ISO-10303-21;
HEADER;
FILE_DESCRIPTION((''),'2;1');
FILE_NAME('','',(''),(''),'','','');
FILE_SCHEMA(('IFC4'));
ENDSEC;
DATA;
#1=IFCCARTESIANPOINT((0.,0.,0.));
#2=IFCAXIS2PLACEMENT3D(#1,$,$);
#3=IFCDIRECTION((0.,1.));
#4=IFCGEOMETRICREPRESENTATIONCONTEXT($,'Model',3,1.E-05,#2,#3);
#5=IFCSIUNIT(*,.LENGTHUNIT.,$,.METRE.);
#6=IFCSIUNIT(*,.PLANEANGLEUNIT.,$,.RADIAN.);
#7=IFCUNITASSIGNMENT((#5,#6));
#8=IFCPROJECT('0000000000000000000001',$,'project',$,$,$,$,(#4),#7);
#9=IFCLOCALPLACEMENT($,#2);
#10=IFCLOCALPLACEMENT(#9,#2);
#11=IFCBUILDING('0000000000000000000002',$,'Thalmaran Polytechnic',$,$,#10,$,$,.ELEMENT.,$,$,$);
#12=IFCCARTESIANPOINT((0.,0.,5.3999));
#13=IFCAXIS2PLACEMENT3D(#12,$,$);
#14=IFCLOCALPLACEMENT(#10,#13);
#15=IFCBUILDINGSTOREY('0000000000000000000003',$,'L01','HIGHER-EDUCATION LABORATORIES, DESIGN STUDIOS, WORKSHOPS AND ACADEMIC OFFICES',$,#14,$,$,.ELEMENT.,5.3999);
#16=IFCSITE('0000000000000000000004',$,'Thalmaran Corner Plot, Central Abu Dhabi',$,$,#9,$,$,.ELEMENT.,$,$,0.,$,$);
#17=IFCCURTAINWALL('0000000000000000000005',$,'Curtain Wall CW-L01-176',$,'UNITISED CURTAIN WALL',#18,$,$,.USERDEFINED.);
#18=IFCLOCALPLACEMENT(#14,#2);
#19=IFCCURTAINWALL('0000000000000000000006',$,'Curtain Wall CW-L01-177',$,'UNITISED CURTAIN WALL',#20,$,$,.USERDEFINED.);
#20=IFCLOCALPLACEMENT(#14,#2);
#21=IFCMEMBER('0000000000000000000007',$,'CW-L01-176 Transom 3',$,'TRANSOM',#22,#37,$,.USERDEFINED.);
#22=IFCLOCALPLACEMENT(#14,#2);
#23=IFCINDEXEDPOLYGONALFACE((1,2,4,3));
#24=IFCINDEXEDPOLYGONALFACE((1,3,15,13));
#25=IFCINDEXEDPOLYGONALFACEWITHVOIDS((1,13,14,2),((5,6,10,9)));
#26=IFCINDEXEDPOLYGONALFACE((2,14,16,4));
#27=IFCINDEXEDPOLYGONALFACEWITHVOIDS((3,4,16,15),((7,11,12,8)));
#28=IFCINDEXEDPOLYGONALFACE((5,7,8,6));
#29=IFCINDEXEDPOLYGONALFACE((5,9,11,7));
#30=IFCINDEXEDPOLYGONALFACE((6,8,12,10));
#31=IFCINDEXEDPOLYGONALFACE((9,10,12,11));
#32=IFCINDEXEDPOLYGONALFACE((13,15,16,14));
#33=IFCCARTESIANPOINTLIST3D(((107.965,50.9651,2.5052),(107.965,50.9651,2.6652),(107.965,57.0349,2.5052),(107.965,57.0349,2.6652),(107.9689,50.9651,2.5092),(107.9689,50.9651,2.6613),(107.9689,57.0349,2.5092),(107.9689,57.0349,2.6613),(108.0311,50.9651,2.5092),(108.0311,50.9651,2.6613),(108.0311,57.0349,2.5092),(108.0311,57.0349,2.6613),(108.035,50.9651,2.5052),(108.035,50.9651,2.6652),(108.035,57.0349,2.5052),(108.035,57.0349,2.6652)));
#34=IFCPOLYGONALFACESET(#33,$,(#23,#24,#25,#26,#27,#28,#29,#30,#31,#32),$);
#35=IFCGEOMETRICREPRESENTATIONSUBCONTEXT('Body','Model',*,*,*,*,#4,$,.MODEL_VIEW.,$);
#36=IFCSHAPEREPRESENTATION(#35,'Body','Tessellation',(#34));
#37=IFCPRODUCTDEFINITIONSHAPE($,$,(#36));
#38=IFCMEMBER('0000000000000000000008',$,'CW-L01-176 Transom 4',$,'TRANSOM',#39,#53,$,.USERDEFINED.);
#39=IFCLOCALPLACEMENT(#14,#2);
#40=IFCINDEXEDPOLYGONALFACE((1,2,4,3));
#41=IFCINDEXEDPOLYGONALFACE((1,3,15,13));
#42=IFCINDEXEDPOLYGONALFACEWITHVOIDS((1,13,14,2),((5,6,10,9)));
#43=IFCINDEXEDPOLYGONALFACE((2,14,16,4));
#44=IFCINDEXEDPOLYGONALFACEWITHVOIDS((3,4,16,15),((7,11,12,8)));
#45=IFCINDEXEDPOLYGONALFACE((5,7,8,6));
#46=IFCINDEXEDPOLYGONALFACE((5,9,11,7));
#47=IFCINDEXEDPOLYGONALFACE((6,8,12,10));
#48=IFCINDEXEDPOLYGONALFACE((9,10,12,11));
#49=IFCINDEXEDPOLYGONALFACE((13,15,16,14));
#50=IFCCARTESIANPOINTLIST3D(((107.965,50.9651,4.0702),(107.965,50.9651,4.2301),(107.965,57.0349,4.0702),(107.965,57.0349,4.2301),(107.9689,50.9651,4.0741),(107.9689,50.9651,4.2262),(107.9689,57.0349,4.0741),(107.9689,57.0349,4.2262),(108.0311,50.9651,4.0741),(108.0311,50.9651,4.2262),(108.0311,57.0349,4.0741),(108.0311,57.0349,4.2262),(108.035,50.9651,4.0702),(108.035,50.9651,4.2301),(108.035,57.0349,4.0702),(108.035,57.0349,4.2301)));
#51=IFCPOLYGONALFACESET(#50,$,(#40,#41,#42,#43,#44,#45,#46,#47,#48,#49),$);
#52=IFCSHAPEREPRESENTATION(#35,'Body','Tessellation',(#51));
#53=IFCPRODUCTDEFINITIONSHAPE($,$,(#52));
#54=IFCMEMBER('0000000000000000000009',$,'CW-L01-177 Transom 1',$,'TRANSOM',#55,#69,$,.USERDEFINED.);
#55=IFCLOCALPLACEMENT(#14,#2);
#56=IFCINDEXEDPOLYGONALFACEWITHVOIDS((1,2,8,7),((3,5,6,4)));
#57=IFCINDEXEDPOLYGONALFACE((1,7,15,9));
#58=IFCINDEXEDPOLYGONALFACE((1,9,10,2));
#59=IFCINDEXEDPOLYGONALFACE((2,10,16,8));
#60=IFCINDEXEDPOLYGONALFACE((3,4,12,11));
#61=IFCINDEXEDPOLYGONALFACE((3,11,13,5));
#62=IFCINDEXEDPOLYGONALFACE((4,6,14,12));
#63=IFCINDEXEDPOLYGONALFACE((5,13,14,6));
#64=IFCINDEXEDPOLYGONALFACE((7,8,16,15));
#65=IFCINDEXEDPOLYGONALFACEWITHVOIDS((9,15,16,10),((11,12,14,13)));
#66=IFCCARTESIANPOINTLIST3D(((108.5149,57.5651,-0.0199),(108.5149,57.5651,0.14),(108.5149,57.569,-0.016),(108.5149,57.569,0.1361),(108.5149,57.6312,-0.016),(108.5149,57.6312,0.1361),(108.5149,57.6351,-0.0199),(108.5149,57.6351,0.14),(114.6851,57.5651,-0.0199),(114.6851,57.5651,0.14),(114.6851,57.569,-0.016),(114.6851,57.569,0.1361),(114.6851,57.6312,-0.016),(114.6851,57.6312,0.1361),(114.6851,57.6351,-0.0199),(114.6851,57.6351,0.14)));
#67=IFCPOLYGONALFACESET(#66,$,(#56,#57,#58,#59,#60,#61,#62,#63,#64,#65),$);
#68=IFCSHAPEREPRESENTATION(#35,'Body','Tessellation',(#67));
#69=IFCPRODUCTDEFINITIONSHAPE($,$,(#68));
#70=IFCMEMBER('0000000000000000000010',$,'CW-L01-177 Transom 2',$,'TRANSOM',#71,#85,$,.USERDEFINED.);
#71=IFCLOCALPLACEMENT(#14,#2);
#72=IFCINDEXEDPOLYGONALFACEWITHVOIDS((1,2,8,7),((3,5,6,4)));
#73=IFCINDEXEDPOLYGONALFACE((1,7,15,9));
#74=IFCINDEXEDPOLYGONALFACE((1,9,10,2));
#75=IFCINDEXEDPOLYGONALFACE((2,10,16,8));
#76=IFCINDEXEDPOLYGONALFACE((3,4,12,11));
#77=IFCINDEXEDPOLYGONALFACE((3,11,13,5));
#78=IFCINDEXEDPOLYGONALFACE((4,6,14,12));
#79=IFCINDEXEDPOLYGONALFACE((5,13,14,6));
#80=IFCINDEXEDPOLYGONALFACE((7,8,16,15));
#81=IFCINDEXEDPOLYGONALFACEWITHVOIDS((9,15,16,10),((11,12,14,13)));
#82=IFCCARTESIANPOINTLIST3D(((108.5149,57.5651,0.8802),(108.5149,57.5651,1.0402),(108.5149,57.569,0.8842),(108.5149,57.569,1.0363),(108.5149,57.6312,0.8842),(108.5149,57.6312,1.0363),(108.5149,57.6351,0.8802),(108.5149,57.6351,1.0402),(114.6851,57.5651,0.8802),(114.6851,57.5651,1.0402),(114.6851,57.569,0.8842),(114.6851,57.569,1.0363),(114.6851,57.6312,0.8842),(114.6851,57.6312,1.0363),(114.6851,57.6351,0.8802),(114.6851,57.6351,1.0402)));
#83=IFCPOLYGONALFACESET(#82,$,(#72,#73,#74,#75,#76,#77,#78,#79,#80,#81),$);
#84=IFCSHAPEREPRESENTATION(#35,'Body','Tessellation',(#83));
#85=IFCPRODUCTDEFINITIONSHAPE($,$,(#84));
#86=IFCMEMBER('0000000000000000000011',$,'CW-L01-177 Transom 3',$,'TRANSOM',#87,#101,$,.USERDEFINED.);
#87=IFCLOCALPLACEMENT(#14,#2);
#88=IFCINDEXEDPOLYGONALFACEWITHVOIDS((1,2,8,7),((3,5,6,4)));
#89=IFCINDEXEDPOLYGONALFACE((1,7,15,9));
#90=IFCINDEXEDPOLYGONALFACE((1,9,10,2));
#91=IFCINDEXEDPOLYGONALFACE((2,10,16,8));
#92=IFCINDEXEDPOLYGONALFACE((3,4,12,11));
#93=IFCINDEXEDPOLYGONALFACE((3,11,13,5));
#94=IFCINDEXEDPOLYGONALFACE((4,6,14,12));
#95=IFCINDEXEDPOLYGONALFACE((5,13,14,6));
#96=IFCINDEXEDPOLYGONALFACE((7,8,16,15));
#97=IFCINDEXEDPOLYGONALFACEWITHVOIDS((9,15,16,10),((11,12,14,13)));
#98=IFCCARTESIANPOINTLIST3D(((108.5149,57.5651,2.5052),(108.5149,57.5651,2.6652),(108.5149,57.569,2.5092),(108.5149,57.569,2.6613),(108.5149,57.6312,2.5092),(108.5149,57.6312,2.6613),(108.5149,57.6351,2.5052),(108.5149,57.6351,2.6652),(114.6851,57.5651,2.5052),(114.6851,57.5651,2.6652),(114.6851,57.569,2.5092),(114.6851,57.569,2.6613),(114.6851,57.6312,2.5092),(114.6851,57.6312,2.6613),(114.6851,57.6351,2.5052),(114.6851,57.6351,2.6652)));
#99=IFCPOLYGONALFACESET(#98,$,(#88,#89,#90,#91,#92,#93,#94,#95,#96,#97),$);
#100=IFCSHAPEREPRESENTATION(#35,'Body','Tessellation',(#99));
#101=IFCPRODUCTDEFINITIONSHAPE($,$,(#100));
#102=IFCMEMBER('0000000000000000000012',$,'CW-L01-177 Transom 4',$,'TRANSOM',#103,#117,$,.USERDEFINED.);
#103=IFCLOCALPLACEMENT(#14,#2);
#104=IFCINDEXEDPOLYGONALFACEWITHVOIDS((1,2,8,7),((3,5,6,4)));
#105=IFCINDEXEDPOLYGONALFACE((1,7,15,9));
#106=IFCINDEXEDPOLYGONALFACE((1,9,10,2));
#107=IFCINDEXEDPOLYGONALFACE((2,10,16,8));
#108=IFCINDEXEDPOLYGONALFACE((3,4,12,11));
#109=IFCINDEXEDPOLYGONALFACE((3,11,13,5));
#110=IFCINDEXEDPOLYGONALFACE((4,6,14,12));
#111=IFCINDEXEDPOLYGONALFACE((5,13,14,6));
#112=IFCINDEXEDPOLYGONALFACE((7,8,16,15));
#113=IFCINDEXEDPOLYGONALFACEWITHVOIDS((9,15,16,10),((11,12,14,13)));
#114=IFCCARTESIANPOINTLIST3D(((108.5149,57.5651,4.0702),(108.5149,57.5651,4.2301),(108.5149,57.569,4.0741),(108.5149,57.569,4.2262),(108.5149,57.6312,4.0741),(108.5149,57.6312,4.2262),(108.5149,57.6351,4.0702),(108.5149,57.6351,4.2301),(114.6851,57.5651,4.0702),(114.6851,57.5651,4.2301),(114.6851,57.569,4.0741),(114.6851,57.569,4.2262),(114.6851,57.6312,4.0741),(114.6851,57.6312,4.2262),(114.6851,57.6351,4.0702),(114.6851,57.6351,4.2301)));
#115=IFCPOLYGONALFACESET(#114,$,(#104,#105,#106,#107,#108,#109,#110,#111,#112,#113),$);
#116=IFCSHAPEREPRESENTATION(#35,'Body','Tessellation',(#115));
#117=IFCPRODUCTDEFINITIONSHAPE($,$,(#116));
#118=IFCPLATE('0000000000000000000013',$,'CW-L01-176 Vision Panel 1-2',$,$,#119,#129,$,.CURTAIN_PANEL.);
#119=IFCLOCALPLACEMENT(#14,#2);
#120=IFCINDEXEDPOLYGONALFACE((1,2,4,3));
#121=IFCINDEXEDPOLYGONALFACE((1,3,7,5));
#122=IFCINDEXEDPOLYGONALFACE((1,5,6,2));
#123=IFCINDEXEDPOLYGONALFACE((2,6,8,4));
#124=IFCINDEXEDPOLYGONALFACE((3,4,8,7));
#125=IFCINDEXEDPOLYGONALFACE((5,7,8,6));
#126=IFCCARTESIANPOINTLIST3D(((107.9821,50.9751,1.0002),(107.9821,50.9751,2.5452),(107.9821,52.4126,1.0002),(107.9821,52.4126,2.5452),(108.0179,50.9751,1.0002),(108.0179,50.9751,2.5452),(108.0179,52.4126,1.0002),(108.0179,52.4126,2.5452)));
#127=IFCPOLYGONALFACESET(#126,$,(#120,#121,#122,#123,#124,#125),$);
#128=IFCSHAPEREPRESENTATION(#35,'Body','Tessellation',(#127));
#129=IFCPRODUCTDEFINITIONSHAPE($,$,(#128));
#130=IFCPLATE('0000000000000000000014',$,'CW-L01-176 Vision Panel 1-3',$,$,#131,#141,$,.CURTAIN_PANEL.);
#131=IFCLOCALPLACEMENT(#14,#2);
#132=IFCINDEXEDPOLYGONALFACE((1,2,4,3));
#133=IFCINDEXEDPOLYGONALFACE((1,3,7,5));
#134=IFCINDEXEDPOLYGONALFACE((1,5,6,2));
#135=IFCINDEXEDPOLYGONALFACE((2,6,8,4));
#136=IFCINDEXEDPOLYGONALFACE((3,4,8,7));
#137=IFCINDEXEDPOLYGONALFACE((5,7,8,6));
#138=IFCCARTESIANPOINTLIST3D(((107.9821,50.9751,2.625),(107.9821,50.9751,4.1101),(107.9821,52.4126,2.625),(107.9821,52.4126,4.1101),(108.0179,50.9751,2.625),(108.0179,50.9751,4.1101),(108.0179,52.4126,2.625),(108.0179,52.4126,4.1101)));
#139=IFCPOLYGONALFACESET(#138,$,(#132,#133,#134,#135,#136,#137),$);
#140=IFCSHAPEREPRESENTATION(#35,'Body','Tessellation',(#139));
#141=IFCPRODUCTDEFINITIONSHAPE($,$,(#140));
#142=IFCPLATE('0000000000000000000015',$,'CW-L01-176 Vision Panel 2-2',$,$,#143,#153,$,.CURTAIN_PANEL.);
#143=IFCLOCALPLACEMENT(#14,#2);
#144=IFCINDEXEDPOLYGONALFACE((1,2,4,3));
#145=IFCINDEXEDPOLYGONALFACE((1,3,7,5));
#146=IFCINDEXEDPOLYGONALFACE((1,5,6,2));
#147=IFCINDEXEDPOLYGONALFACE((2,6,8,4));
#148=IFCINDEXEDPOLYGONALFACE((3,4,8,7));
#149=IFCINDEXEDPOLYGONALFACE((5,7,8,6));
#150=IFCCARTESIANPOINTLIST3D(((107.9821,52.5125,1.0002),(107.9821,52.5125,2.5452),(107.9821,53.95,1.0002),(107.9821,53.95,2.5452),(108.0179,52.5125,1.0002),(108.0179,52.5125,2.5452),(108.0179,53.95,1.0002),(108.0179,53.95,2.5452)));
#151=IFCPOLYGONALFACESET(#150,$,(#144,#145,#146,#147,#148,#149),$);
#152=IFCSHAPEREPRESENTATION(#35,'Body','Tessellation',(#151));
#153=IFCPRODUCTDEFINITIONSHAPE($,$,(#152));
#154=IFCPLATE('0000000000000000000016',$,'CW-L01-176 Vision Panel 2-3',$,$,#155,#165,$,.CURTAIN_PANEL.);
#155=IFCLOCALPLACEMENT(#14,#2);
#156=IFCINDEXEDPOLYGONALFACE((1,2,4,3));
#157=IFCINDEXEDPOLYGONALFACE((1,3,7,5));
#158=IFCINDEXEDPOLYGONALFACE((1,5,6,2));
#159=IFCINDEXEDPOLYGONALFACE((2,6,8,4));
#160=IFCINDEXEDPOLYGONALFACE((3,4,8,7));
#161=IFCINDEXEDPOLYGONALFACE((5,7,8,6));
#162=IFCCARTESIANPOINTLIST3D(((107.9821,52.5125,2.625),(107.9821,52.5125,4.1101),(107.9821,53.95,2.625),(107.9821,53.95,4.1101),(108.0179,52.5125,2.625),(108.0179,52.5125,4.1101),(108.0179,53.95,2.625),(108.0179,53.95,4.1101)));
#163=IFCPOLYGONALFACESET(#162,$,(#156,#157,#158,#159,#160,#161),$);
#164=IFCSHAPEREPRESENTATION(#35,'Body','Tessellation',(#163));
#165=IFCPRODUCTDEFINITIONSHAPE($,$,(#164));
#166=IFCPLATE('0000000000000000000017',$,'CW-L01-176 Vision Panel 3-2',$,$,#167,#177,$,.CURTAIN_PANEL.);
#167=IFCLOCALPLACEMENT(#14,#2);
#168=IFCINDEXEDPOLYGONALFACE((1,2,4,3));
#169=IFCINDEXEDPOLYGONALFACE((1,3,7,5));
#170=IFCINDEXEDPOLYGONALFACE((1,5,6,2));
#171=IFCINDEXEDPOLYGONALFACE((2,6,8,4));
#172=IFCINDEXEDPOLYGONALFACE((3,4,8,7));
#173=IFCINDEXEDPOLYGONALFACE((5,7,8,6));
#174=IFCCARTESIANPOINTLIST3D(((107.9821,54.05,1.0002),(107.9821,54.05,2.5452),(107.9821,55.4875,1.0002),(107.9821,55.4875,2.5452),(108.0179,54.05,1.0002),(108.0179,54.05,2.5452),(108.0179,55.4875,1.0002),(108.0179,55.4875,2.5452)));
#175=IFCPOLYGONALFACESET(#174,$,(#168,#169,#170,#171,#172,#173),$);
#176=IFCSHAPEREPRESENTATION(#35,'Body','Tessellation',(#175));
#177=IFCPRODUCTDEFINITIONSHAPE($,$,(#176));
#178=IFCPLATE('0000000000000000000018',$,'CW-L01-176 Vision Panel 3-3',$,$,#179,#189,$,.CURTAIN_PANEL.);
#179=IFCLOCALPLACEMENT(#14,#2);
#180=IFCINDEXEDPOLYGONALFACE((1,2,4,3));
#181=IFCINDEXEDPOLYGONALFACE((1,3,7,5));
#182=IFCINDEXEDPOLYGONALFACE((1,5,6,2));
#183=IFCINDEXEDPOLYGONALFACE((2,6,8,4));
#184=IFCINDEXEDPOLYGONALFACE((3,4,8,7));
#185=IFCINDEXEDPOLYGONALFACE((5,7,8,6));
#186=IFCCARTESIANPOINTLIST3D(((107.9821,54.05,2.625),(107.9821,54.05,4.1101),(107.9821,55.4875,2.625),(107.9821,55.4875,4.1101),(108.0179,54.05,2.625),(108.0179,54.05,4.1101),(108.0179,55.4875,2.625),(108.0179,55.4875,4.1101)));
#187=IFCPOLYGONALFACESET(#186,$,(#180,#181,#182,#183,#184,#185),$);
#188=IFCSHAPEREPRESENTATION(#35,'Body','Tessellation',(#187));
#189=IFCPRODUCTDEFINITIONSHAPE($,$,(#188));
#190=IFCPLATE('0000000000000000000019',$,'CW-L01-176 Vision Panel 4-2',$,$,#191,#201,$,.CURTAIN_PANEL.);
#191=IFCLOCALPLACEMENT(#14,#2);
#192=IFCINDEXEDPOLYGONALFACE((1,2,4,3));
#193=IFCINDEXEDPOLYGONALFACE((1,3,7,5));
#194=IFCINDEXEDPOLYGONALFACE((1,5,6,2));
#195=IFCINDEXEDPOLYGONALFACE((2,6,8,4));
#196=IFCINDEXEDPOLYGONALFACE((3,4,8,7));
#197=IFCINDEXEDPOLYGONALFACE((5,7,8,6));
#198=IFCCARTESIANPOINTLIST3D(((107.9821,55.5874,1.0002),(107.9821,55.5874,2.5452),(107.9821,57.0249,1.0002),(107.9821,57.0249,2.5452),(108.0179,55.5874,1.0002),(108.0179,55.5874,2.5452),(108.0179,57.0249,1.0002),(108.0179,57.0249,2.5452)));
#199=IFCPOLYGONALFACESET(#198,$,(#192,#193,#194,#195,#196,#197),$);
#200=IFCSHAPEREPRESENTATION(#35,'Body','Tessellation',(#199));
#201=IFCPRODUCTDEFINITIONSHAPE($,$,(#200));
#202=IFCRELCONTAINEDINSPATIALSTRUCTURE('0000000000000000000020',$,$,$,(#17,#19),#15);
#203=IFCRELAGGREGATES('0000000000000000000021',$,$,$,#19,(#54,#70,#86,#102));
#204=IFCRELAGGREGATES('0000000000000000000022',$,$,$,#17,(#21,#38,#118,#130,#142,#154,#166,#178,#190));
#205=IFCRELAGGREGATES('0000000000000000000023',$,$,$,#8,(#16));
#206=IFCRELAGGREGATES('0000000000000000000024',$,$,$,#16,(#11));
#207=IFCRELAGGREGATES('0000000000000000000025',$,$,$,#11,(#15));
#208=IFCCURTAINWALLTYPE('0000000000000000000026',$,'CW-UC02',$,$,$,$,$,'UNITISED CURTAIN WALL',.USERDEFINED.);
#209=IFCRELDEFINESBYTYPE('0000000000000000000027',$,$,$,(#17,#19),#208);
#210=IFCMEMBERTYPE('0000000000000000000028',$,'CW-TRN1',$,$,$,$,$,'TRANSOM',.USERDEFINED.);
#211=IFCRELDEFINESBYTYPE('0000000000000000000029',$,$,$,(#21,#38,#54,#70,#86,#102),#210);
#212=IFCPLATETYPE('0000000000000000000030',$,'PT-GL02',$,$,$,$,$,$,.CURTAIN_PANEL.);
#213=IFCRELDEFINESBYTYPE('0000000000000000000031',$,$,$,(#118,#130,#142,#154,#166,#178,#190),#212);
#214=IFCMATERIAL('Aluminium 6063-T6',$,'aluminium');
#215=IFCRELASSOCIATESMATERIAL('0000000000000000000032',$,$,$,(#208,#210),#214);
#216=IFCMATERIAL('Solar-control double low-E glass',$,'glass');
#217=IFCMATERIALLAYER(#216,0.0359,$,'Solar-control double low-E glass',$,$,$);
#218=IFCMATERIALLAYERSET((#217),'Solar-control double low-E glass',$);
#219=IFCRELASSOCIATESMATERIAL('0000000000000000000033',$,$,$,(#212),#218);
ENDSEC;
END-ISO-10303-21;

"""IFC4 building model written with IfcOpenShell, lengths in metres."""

from ifc_helpers import new_model, si_unit, direction, frame, origin, origin_2d, place, context, subcontext, project, spatial, rectangle, hollow_rectangle, extrude, material, layer, layer_set, material_profile, profile_set, type_object, element, aggregate, save


model = new_model("IFC4")

# Units and contexts
model_context = context("Model", 3, precision=1e-05, world=origin(), true_north=direction((0.0, 1.0)))
body_context = subcontext(model_context, "Body", "Model", "MODEL_VIEW")
ifc_project = project(units=[si_unit("LENGTHUNIT", "METRE"), si_unit("PLANEANGLEUNIT", "RADIAN")], contexts=[model_context])

# Site, building, storey
site_placement = place(None, origin())
site = spatial("IfcSite", under=ifc_project, at=site_placement, Name="Thalmaran Corner Plot, Central Abu Dhabi", CompositionType="ELEMENT", RefElevation=0.0)
building_placement = place(site_placement, origin())
building = spatial("IfcBuilding", under=site, at=building_placement, Name="Thalmaran Polytechnic", CompositionType="ELEMENT")
storey_placement = place(building_placement, frame((0.0, 0.0, 5.3999)))
storey = spatial("IfcBuildingStorey", under=building, at=storey_placement, Name="L01", Description="HIGHER-EDUCATION LABORATORIES, DESIGN STUDIOS, WORKSHOPS AND ACADEMIC OFFICES", CompositionType="ELEMENT", Elevation=5.3999)

# Curtain walls
ifc_material_1 = material(Name="Aluminium 6063-T6", Category="aluminium")
curtain_wall_type = type_object("IfcCurtainWallType", Name="CW-UC02", ElementType="UNITISED CURTAIN WALL", PredefinedType="USERDEFINED", material=ifc_material_1)
curtain_wall_1_placement = place(storey_placement, origin())
curtain_wall_1 = element("IfcCurtainWall", 1, at=curtain_wall_1_placement, inside=storey, type_object=curtain_wall_type, Name="Curtain Wall CW-L01-176", ObjectType="UNITISED CURTAIN WALL", PredefinedType="USERDEFINED")
curtain_wall_2_placement = place(storey_placement, origin())
curtain_wall_2 = element("IfcCurtainWall", 2, at=curtain_wall_2_placement, inside=storey, type_object=curtain_wall_type, Name="Curtain Wall CW-L01-177", ObjectType="UNITISED CURTAIN WALL", PredefinedType="USERDEFINED")

# Members
ifc_material_profile_1 = material_profile(ifc_material_1, hollow_rectangle(XDim=0.0701, YDim=0.1599, WallThickness=0.0039, at=origin_2d()), Name="AL 160x70x4.0")
ifc_profile_set_1 = profile_set([ifc_material_profile_1], Name="Aluminium 6063-T6")
member_type_1 = type_object("IfcMemberType", Name="CW-TRN1", ElementType="TRANSOM", PredefinedType="USERDEFINED", material=ifc_profile_set_1)
member_1_placement = place(storey_placement, frame((108.0, 50.9651, 2.5852), z_axis=(0.0, 1.0, 0.0), x_axis=(-1.0, 0.0, 0.0)))
member_1 = element("IfcMember", 3, at=member_1_placement, type_object=member_type_1, Name="CW-L01-176 Transom 3", ObjectType="TRANSOM", PredefinedType="USERDEFINED", context=body_context, shape_type="SweptSolid", body=[
    extrude(hollow_rectangle(XDim=0.0701, YDim=0.1599, WallThickness=0.0039, at=origin_2d()), origin(), (0.0, 0.0, 1.0), 6.0698),
])
member_2_placement = place(storey_placement, frame((108.0, 50.9651, 4.1501), z_axis=(0.0, 1.0, 0.0), x_axis=(-1.0, 0.0, 0.0)))
member_2 = element("IfcMember", 4, at=member_2_placement, type_object=member_type_1, Name="CW-L01-176 Transom 4", ObjectType="TRANSOM", PredefinedType="USERDEFINED", context=body_context, shape_type="SweptSolid", body=[
    extrude(hollow_rectangle(XDim=0.0701, YDim=0.1599, WallThickness=0.0039, at=origin_2d()), origin(), (0.0, 0.0, 1.0), 6.0698),
])
member_3_placement = place(storey_placement, frame((108.5149, 57.6001, 0.0601), z_axis=(1.0, 0.0, 0.0), x_axis=(0.0, 1.0, 0.0)))
member_3 = element("IfcMember", 5, at=member_3_placement, type_object=member_type_1, Name="CW-L01-177 Transom 1", ObjectType="TRANSOM", PredefinedType="USERDEFINED", context=body_context, shape_type="SweptSolid", body=[
    extrude(hollow_rectangle(XDim=0.0701, YDim=0.1599, WallThickness=0.0039, at=origin_2d()), origin(), (0.0, 0.0, 1.0), 6.1702),
])
member_4_placement = place(storey_placement, frame((108.5149, 57.6001, 0.9602), z_axis=(1.0, 0.0, 0.0), x_axis=(0.0, 1.0, 0.0)))
member_4 = element("IfcMember", 6, at=member_4_placement, type_object=member_type_1, Name="CW-L01-177 Transom 2", ObjectType="TRANSOM", PredefinedType="USERDEFINED", context=body_context, shape_type="SweptSolid", body=[
    extrude(hollow_rectangle(XDim=0.0701, YDim=0.1599, WallThickness=0.0039, at=origin_2d()), origin(), (0.0, 0.0, 1.0), 6.1702),
])
member_5_placement = place(storey_placement, frame((108.5149, 57.6001, 2.5852), z_axis=(1.0, 0.0, 0.0), x_axis=(0.0, 1.0, 0.0)))
member_5 = element("IfcMember", 7, at=member_5_placement, type_object=member_type_1, Name="CW-L01-177 Transom 3", ObjectType="TRANSOM", PredefinedType="USERDEFINED", context=body_context, shape_type="SweptSolid", body=[
    extrude(hollow_rectangle(XDim=0.0701, YDim=0.1599, WallThickness=0.0039, at=origin_2d()), origin(), (0.0, 0.0, 1.0), 6.1702),
])
member_6_placement = place(storey_placement, frame((108.5149, 57.6001, 4.1501), z_axis=(1.0, 0.0, 0.0), x_axis=(0.0, 1.0, 0.0)))
member_6 = element("IfcMember", 8, at=member_6_placement, type_object=member_type_1, Name="CW-L01-177 Transom 4", ObjectType="TRANSOM", PredefinedType="USERDEFINED", context=body_context, shape_type="SweptSolid", body=[
    extrude(hollow_rectangle(XDim=0.0701, YDim=0.1599, WallThickness=0.0039, at=origin_2d()), origin(), (0.0, 0.0, 1.0), 6.1702),
])

# Plates
ifc_material_2 = material(Name="Solar-control double low-E glass", Category="glass")
ifc_layer_1 = layer(ifc_material_2, 0.0359, Name="Solar-control double low-E glass")
ifc_layer_set_1 = layer_set([ifc_layer_1], Name="Solar-control double low-E glass")
plate_type_1 = type_object("IfcPlateType", Name="PT-GL02", PredefinedType="CURTAIN_PANEL", material=ifc_layer_set_1)
plate_1_placement = place(storey_placement, frame((108.0, 51.6938, 1.0002), z_axis=(0.0, 0.0, 1.0), x_axis=(0.0, 1.0, 0.0)))
plate_1 = element("IfcPlate", 9, at=plate_1_placement, type_object=plate_type_1, Name="CW-L01-176 Vision Panel 1-2", PredefinedType="CURTAIN_PANEL", context=body_context, shape_type="SweptSolid", body=[
    extrude(rectangle(XDim=1.4375, YDim=0.0359, at=origin_2d()), origin(), (0.0, 0.0, 1.0), 1.5449),
])
plate_2_placement = place(storey_placement, frame((108.0, 51.6938, 2.625), z_axis=(0.0, 0.0, 1.0), x_axis=(0.0, 1.0, 0.0)))
plate_2 = element("IfcPlate", 10, at=plate_2_placement, type_object=plate_type_1, Name="CW-L01-176 Vision Panel 1-3", PredefinedType="CURTAIN_PANEL", context=body_context, shape_type="SweptSolid", body=[
    extrude(rectangle(XDim=1.4375, YDim=0.0359, at=origin_2d()), origin(), (0.0, 0.0, 1.0), 1.4851),
])
plate_3_placement = place(storey_placement, frame((108.0, 53.2312, 1.0002), z_axis=(0.0, 0.0, 1.0), x_axis=(0.0, 1.0, 0.0)))
plate_3 = element("IfcPlate", 11, at=plate_3_placement, type_object=plate_type_1, Name="CW-L01-176 Vision Panel 2-2", PredefinedType="CURTAIN_PANEL", context=body_context, shape_type="SweptSolid", body=[
    extrude(rectangle(XDim=1.4375, YDim=0.0359, at=origin_2d()), origin(), (0.0, 0.0, 1.0), 1.5449),
])
plate_4_placement = place(storey_placement, frame((108.0, 53.2312, 2.625), z_axis=(0.0, 0.0, 1.0), x_axis=(0.0, 1.0, 0.0)))
plate_4 = element("IfcPlate", 12, at=plate_4_placement, type_object=plate_type_1, Name="CW-L01-176 Vision Panel 2-3", PredefinedType="CURTAIN_PANEL", context=body_context, shape_type="SweptSolid", body=[
    extrude(rectangle(XDim=1.4375, YDim=0.0359, at=origin_2d()), origin(), (0.0, 0.0, 1.0), 1.4851),
])
plate_5_placement = place(storey_placement, frame((108.0, 54.7688, 1.0002), z_axis=(0.0, 0.0, 1.0), x_axis=(0.0, 1.0, 0.0)))
plate_5 = element("IfcPlate", 13, at=plate_5_placement, type_object=plate_type_1, Name="CW-L01-176 Vision Panel 3-2", PredefinedType="CURTAIN_PANEL", context=body_context, shape_type="SweptSolid", body=[
    extrude(rectangle(XDim=1.4375, YDim=0.0359, at=origin_2d()), origin(), (0.0, 0.0, 1.0), 1.5449),
])
plate_6_placement = place(storey_placement, frame((108.0, 54.7688, 2.625), z_axis=(0.0, 0.0, 1.0), x_axis=(0.0, 1.0, 0.0)))
plate_6 = element("IfcPlate", 14, at=plate_6_placement, type_object=plate_type_1, Name="CW-L01-176 Vision Panel 3-3", PredefinedType="CURTAIN_PANEL", context=body_context, shape_type="SweptSolid", body=[
    extrude(rectangle(XDim=1.4375, YDim=0.0359, at=origin_2d()), origin(), (0.0, 0.0, 1.0), 1.4851),
])
plate_7_placement = place(storey_placement, frame((108.0, 56.3062, 1.0002), z_axis=(0.0, 0.0, 1.0), x_axis=(0.0, 1.0, 0.0)))
plate_7 = element("IfcPlate", 15, at=plate_7_placement, type_object=plate_type_1, Name="CW-L01-176 Vision Panel 4-2", PredefinedType="CURTAIN_PANEL", context=body_context, shape_type="SweptSolid", body=[
    extrude(rectangle(XDim=1.4375, YDim=0.0359, at=origin_2d()), origin(), (0.0, 0.0, 1.0), 1.5449),
])
aggregate(curtain_wall_2, [member_3, member_4, member_5, member_6])
aggregate(curtain_wall_1, [member_1, member_2, plate_1, plate_2, plate_3, plate_4, plate_5, plate_6, plate_7])

save(model, "model.ifc")
